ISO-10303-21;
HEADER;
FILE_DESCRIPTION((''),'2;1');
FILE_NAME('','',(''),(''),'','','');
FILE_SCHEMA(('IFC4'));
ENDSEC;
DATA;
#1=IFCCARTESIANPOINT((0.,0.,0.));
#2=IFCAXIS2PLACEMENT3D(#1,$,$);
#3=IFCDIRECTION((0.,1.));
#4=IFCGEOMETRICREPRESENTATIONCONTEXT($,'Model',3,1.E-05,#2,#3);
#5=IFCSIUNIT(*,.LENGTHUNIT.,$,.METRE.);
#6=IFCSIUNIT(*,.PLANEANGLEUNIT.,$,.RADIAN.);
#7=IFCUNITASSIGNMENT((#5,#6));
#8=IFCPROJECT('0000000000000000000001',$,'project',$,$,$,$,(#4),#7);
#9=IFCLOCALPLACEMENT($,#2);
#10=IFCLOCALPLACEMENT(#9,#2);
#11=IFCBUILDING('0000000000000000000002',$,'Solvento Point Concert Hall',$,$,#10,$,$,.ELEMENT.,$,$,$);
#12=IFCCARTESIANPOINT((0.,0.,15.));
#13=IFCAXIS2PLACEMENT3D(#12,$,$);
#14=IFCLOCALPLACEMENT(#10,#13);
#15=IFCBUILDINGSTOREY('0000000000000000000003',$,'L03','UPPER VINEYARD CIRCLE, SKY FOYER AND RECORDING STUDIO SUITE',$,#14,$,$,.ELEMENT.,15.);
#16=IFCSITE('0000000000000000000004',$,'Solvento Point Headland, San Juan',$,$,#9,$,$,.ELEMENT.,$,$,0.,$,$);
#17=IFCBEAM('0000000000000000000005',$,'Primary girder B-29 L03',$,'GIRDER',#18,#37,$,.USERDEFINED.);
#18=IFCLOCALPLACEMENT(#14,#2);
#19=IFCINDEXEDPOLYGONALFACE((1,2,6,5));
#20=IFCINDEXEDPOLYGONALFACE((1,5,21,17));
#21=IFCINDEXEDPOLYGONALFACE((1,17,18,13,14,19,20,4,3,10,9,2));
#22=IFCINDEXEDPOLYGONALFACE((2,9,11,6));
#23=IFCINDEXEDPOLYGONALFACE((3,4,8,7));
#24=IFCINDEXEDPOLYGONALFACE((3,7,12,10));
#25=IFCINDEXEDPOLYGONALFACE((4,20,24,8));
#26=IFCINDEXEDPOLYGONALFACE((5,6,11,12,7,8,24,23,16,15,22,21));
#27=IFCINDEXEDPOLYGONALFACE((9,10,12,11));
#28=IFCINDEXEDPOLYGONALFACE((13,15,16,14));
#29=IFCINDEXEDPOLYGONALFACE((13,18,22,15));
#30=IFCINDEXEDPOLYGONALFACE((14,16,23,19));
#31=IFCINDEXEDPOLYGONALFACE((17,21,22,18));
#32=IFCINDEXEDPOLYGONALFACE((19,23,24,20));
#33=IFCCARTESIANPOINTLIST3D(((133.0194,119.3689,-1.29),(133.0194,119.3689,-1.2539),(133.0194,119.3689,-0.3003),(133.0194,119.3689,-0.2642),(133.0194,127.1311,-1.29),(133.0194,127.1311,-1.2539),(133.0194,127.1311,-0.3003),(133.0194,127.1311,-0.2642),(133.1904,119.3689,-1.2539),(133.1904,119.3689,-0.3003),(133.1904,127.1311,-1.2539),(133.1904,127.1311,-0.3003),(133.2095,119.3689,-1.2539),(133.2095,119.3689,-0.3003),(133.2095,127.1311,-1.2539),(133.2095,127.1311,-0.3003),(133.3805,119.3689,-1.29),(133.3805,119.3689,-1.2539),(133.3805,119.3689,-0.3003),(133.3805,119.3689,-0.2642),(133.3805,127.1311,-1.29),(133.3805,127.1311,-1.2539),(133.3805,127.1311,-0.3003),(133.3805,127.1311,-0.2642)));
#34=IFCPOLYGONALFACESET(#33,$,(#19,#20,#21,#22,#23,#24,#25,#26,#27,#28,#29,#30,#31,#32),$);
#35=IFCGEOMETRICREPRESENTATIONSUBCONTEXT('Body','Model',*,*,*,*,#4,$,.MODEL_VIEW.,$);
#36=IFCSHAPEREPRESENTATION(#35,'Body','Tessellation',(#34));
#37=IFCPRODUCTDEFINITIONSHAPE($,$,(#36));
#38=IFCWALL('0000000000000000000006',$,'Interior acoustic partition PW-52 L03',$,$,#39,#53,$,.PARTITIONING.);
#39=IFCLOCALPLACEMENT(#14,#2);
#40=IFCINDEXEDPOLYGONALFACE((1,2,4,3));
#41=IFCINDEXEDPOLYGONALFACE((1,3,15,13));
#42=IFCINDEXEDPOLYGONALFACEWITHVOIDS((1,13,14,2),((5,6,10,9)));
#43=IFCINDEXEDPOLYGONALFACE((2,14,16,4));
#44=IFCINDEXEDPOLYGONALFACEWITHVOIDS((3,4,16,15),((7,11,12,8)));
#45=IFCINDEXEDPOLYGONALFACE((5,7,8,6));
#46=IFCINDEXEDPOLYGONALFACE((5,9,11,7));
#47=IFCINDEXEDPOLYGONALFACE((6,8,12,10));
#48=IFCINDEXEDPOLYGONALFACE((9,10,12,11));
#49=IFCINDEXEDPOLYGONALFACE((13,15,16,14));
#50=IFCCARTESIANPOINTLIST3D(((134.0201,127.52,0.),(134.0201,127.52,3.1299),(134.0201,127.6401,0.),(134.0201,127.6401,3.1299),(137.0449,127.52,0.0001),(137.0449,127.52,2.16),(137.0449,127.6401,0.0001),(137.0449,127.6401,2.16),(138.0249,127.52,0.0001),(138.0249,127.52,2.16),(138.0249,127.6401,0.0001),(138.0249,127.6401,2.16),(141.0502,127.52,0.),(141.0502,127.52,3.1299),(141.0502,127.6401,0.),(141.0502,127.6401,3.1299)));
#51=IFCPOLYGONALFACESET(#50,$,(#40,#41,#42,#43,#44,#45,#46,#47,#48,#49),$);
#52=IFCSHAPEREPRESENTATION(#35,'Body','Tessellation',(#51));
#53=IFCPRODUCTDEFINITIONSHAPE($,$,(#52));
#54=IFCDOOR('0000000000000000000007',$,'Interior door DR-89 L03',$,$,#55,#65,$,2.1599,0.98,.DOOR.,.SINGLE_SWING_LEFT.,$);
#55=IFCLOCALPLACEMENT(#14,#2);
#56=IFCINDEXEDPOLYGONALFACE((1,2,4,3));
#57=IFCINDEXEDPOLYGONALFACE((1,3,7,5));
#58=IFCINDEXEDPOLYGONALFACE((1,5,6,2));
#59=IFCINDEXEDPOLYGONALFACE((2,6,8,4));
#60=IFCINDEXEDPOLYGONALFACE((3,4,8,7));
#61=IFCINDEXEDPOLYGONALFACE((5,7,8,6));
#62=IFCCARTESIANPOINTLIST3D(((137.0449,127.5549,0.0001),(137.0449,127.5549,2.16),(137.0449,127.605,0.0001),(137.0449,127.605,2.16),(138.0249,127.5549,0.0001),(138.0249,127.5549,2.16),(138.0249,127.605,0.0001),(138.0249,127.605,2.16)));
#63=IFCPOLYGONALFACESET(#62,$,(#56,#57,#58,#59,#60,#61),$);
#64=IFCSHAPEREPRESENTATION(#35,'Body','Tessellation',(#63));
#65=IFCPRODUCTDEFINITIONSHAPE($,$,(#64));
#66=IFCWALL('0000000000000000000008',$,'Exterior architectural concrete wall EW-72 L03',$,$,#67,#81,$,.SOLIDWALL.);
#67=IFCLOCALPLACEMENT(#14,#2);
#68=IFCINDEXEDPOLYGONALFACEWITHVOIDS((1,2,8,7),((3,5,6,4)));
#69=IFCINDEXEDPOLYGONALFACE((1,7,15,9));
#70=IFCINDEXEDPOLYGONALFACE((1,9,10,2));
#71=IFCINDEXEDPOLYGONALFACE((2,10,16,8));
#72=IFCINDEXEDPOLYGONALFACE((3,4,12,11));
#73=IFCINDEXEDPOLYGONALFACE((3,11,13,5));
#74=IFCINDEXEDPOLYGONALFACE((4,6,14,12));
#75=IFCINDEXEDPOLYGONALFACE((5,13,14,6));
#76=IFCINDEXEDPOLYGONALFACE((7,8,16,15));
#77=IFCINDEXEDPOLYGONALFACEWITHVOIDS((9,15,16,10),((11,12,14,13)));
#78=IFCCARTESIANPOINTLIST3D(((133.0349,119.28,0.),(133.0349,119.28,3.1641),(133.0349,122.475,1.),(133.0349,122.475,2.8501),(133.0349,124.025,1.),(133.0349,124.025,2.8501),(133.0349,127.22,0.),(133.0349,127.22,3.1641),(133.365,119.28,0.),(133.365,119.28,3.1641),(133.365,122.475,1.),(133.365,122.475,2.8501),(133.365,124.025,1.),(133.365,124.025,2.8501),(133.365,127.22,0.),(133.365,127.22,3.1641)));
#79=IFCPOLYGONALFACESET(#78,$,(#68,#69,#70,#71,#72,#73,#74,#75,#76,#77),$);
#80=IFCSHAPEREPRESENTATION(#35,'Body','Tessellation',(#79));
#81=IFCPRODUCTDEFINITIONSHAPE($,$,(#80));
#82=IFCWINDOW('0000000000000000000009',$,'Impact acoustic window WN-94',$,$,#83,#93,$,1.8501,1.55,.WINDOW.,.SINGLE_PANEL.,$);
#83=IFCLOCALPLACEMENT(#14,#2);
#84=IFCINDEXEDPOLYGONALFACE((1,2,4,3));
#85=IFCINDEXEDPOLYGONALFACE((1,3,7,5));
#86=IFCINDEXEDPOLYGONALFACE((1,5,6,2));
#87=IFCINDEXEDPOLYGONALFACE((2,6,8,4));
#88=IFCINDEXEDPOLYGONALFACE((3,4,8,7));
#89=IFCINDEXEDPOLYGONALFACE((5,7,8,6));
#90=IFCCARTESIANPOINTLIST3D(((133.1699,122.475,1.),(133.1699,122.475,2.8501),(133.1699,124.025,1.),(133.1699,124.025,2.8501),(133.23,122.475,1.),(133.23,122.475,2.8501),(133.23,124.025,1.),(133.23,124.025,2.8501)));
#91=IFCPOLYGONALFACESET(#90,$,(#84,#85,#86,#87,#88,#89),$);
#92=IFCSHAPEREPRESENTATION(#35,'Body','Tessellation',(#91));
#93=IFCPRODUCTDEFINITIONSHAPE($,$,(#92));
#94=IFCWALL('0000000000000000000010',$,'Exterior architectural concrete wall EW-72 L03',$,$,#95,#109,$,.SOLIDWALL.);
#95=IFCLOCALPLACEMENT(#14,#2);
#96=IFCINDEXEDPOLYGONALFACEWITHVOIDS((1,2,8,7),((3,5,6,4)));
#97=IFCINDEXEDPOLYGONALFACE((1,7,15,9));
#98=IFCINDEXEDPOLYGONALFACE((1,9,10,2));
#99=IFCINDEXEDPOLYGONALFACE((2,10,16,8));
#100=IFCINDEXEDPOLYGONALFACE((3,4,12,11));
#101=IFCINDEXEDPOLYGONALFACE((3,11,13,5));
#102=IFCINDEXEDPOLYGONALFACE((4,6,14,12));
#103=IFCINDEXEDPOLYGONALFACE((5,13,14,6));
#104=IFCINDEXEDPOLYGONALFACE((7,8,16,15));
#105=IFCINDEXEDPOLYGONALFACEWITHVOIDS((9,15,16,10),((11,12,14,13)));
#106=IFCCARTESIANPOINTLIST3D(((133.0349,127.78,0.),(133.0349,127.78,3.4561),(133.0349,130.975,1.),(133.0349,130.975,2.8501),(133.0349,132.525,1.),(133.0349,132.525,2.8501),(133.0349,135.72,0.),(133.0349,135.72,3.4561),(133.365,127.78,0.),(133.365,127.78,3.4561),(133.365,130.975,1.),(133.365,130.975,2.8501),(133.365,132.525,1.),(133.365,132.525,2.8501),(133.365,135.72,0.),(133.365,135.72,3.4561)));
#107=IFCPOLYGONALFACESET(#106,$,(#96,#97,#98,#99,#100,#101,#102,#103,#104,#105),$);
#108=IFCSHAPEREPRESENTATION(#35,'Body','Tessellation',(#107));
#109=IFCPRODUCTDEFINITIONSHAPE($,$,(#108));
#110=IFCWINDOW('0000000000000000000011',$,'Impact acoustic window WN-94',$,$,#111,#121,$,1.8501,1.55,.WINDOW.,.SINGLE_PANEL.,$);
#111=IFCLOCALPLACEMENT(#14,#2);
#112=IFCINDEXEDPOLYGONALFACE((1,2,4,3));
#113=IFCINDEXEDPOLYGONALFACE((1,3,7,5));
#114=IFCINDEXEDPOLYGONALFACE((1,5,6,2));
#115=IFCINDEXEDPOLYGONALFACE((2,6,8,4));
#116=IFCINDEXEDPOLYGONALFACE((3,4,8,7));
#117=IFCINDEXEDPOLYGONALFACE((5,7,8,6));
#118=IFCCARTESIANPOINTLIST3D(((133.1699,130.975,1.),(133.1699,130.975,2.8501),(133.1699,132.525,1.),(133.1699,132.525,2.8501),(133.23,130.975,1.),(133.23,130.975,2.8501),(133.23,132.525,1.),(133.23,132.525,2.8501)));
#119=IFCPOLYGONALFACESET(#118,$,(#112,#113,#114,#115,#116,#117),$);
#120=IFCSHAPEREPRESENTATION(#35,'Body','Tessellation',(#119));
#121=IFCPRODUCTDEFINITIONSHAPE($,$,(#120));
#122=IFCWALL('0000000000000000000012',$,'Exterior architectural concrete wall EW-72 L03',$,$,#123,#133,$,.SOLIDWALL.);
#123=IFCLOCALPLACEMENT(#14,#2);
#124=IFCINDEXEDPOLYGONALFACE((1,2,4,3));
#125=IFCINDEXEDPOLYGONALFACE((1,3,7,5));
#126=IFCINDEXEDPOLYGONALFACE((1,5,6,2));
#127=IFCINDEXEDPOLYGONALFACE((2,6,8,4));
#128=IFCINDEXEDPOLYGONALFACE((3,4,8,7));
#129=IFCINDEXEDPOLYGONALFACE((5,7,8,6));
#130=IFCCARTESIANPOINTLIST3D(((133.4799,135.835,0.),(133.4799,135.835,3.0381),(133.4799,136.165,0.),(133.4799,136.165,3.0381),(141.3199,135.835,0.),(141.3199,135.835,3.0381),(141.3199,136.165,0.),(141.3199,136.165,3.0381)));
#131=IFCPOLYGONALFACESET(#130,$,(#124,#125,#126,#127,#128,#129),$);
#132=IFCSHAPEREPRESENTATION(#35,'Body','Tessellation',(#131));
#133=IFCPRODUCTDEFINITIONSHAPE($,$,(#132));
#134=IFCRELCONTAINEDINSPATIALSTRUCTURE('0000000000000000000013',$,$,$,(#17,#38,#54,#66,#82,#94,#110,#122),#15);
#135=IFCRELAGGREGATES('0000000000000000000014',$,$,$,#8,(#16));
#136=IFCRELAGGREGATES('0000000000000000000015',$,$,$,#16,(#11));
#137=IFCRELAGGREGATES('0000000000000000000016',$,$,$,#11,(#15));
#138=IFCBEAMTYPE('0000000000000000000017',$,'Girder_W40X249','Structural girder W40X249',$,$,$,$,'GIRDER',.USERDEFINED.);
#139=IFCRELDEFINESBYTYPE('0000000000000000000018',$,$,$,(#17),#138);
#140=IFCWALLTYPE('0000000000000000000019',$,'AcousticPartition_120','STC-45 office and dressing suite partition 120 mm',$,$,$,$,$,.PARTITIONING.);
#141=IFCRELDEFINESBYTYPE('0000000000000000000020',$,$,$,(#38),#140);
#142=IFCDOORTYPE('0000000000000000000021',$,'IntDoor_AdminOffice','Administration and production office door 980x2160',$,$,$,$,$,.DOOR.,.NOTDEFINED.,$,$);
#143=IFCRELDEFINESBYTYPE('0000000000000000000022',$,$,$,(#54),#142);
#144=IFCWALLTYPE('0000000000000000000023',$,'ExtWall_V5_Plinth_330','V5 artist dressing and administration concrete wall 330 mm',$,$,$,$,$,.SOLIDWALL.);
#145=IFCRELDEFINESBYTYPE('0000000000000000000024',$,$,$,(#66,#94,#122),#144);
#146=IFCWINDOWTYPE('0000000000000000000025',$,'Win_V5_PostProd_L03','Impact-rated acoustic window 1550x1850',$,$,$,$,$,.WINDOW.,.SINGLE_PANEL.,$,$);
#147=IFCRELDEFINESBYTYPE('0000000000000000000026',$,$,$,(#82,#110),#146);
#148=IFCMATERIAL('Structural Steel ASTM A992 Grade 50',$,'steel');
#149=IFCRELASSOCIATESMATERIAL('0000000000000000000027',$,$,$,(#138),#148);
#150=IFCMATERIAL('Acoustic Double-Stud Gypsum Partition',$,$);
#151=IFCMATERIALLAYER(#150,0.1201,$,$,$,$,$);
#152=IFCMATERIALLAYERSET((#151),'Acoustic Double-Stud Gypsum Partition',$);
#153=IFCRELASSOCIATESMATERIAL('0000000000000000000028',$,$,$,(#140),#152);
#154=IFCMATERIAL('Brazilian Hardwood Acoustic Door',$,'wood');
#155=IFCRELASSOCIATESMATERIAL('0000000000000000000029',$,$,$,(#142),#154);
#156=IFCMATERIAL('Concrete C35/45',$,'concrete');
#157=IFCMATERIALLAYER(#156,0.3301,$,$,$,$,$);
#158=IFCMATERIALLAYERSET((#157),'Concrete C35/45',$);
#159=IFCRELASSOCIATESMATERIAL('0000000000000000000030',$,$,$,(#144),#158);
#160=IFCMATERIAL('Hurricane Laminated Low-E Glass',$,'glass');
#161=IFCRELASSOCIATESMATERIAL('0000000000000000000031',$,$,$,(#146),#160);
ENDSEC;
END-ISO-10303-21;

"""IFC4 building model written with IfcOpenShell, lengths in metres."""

from ifc_helpers import new_model, si_unit, direction, frame, frame_2d, origin, origin_2d, place, context, subcontext, project, spatial, rectangle, i_section, extrude, material, layer, layer_set, material_profile, profile_set, type_object, element, fill, save


model = new_model("IFC4")

# Units and contexts
model_context = context("Model", 3, precision=1e-05, world=origin(), true_north=direction((0.0, 1.0)))
body_context = subcontext(model_context, "Body", "Model", "MODEL_VIEW")
ifc_project = project(units=[si_unit("LENGTHUNIT", "METRE"), si_unit("PLANEANGLEUNIT", "RADIAN")], contexts=[model_context])

# Site, building, storey
site_placement = place(None, origin())
site = spatial("IfcSite", under=ifc_project, at=site_placement, Name="Solvento Point Headland, San Juan", CompositionType="ELEMENT", RefElevation=0.0)
building_placement = place(site_placement, origin())
building = spatial("IfcBuilding", under=site, at=building_placement, Name="Solvento Point Concert Hall", CompositionType="ELEMENT")
storey_placement = place(building_placement, frame((0.0, 0.0, 15.0)))
storey = spatial("IfcBuildingStorey", under=building, at=storey_placement, Name="L03", Description="UPPER VINEYARD CIRCLE, SKY FOYER AND RECORDING STUDIO SUITE", CompositionType="ELEMENT", Elevation=15.0)

# Beam
ifc_material_1 = material(Name="Structural Steel ASTM A992 Grade 50", Category="steel")
ifc_material_profile_1 = material_profile(ifc_material_1, i_section(OverallWidth=0.3611, OverallDepth=1.0259, WebThickness=0.019, FlangeThickness=0.0361, at=origin_2d()), Name="W40X249")
ifc_profile_set_1 = profile_set([ifc_material_profile_1], Name="Structural Steel ASTM A992 Grade 50")
beam_type_1 = type_object("IfcBeamType", Name="Girder_W40X249", Description="Structural girder W40X249", ElementType="GIRDER", PredefinedType="USERDEFINED", material=ifc_profile_set_1)
beam_1_placement = place(storey_placement, frame((133.2, 119.3689, -0.7771), z_axis=(0.0, 1.0, 0.0), x_axis=(-1.0, 0.0, 0.0)))
element("IfcBeam", 1, at=beam_1_placement, inside=storey, type_object=beam_type_1, Name="Primary girder B-29 L03", ObjectType="GIRDER", PredefinedType="USERDEFINED", context=body_context, shape_type="SweptSolid", body=[
    extrude(i_section(OverallWidth=0.3611, OverallDepth=1.0259, WebThickness=0.019, FlangeThickness=0.0361, at=origin_2d()), origin(), (0.0, 0.0, 1.0), 7.7622),
])

# Wall, opening, door
ifc_material_2 = material(Name="Acoustic Double-Stud Gypsum Partition")
ifc_layer_1 = layer(ifc_material_2, 0.1201)
ifc_layer_set_1 = layer_set([ifc_layer_1], Name="Acoustic Double-Stud Gypsum Partition")
wall_type_1 = type_object("IfcWallType", Name="AcousticPartition_120", Description="STC-45 office and dressing suite partition 120 mm", PredefinedType="PARTITIONING", material=ifc_layer_set_1)
wall_1_placement = place(storey_placement, frame((134.02, 127.5801, 0.0), z_axis=(0.0, 0.0, 1.0), x_axis=(1.0, 0.0, 0.0)))
wall_1 = element("IfcWall", 2, at=wall_1_placement, inside=storey, type_object=wall_type_1, Name="Interior acoustic partition PW-52 L03", PredefinedType="PARTITIONING", context=body_context, shape_type="SweptSolid", body=[
    extrude(rectangle(XDim=7.03, YDim=0.1201, at=frame_2d((3.5151, 0.0))), origin(), (0.0, 0.0, 1.0), 3.1299),
])
opening_1_placement = place(wall_1_placement, frame((3.0249, 0.0, 0.0)))
opening_1 = element("IfcOpeningElement", 3, at=opening_1_placement, cuts=wall_1, PredefinedType="OPENING", context=body_context, shape_type="SweptSolid", body=[
    extrude(rectangle(XDim=0.98, YDim=2.1599, at=frame_2d((0.49, 1.0801))), frame((0.0, 0.0701, 0.0), z_axis=(0.0, -1.0, 0.0), x_axis=(1.0, 0.0, 0.0)), (0.0, 0.0, 1.0), 0.1401),
])
ifc_material_3 = material(Name="Brazilian Hardwood Acoustic Door", Category="wood")
door_type = type_object("IfcDoorType", Name="IntDoor_AdminOffice", Description="Administration and production office door 980x2160", OperationType="NOTDEFINED", PredefinedType="DOOR", material=ifc_material_3)
door_placement = place(opening_1_placement, origin())
door = element("IfcDoor", 4, at=door_placement, inside=storey, type_object=door_type, Name="Interior door DR-89 L03", OperationType="SINGLE_SWING_LEFT", OverallHeight=2.1599, OverallWidth=0.98, PredefinedType="DOOR", context=body_context, shape_type="SweptSolid", body=[
    extrude(rectangle(XDim=0.98, YDim=2.1599, at=frame_2d((0.49, 1.0801))), frame((0.0, 0.0249, 0.0), z_axis=(0.0, -1.0, 0.0), x_axis=(1.0, 0.0, 0.0)), (0.0, 0.0, 1.0), 0.05),
])
fill(opening_1, door)

# Walls, openings, windows
ifc_material_4 = material(Name="Concrete C35/45", Category="concrete")
ifc_layer_2 = layer(ifc_material_4, 0.3301)
ifc_layer_set_2 = layer_set([ifc_layer_2], Name="Concrete C35/45")
wall_type_2 = type_object("IfcWallType", Name="ExtWall_V5_Plinth_330", Description="V5 artist dressing and administration concrete wall 330 mm", PredefinedType="SOLIDWALL", material=ifc_layer_set_2)
wall_2_placement = place(storey_placement, frame((133.2, 119.28, 0.0), z_axis=(0.0, 0.0, 1.0), x_axis=(0.0, 1.0, 0.0)))
wall_2 = element("IfcWall", 5, at=wall_2_placement, inside=storey, type_object=wall_type_2, Name="Exterior architectural concrete wall EW-72 L03", PredefinedType="SOLIDWALL", context=body_context, shape_type="SweptSolid", body=[
    extrude(rectangle(XDim=7.9399, YDim=0.3301, at=frame_2d((3.97, 0.0))), origin(), (0.0, 0.0, 1.0), 3.1641),
])
opening_2_placement = place(wall_2_placement, frame((3.1951, 0.0, 1.0)))
opening_2 = element("IfcOpeningElement", 6, at=opening_2_placement, cuts=wall_2, PredefinedType="OPENING", context=body_context, shape_type="SweptSolid", body=[
    extrude(rectangle(XDim=1.55, YDim=1.8501, at=frame_2d((0.7749, 0.925))), frame((0.0, 0.175, 0.0), z_axis=(0.0, -1.0, 0.0), x_axis=(1.0, 0.0, 0.0)), (0.0, 0.0, 1.0), 0.3501),
])
ifc_material_5 = material(Name="Hurricane Laminated Low-E Glass", Category="glass")
window_type = type_object("IfcWindowType", Name="Win_V5_PostProd_L03", Description="Impact-rated acoustic window 1550x1850", PartitioningType="SINGLE_PANEL", PredefinedType="WINDOW", material=ifc_material_5)
window_1_placement = place(opening_2_placement, origin())
window_1 = element("IfcWindow", 7, at=window_1_placement, inside=storey, type_object=window_type, Name="Impact acoustic window WN-94", OverallHeight=1.8501, OverallWidth=1.55, PartitioningType="SINGLE_PANEL", PredefinedType="WINDOW", context=body_context, shape_type="SweptSolid", body=[
    extrude(rectangle(XDim=1.55, YDim=1.8501, at=frame_2d((0.7749, 0.925))), frame((0.0, 0.03, 0.0), z_axis=(0.0, -1.0, 0.0), x_axis=(1.0, 0.0, 0.0)), (0.0, 0.0, 1.0), 0.0601),
])
fill(opening_2, window_1)
wall_3_placement = place(storey_placement, frame((133.2, 127.78, 0.0), z_axis=(0.0, 0.0, 1.0), x_axis=(0.0, 1.0, 0.0)))
wall_3 = element("IfcWall", 8, at=wall_3_placement, inside=storey, type_object=wall_type_2, Name="Exterior architectural concrete wall EW-72 L03", PredefinedType="SOLIDWALL", context=body_context, shape_type="SweptSolid", body=[
    extrude(rectangle(XDim=7.9399, YDim=0.3301, at=frame_2d((3.97, 0.0))), origin(), (0.0, 0.0, 1.0), 3.4561),
])
opening_3_placement = place(wall_3_placement, frame((3.1951, 0.0, 1.0)))
opening_3 = element("IfcOpeningElement", 9, at=opening_3_placement, cuts=wall_3, PredefinedType="OPENING", context=body_context, shape_type="SweptSolid", body=[
    extrude(rectangle(XDim=1.55, YDim=1.8501, at=frame_2d((0.7749, 0.925))), frame((0.0, 0.175, 0.0), z_axis=(0.0, -1.0, 0.0), x_axis=(1.0, 0.0, 0.0)), (0.0, 0.0, 1.0), 0.3501),
])
window_2_placement = place(opening_3_placement, origin())
window_2 = element("IfcWindow", 10, at=window_2_placement, inside=storey, type_object=window_type, Name="Impact acoustic window WN-94", OverallHeight=1.8501, OverallWidth=1.55, PartitioningType="SINGLE_PANEL", PredefinedType="WINDOW", context=body_context, shape_type="SweptSolid", body=[
    extrude(rectangle(XDim=1.55, YDim=1.8501, at=frame_2d((0.7749, 0.925))), frame((0.0, 0.03, 0.0), z_axis=(0.0, -1.0, 0.0), x_axis=(1.0, 0.0, 0.0)), (0.0, 0.0, 1.0), 0.0601),
])
fill(opening_3, window_2)

# Wall
wall_4_placement = place(storey_placement, frame((133.48, 136.0, 0.0), z_axis=(0.0, 0.0, 1.0), x_axis=(1.0, 0.0, 0.0)))
element("IfcWall", 11, at=wall_4_placement, inside=storey, type_object=wall_type_2, Name="Exterior architectural concrete wall EW-72 L03", PredefinedType="SOLIDWALL", context=body_context, shape_type="SweptSolid", body=[
    extrude(rectangle(XDim=7.8401, YDim=0.3301, at=frame_2d((3.9199, 0.0))), origin(), (0.0, 0.0, 1.0), 3.0381),
])

save(model, "model.ifc")
